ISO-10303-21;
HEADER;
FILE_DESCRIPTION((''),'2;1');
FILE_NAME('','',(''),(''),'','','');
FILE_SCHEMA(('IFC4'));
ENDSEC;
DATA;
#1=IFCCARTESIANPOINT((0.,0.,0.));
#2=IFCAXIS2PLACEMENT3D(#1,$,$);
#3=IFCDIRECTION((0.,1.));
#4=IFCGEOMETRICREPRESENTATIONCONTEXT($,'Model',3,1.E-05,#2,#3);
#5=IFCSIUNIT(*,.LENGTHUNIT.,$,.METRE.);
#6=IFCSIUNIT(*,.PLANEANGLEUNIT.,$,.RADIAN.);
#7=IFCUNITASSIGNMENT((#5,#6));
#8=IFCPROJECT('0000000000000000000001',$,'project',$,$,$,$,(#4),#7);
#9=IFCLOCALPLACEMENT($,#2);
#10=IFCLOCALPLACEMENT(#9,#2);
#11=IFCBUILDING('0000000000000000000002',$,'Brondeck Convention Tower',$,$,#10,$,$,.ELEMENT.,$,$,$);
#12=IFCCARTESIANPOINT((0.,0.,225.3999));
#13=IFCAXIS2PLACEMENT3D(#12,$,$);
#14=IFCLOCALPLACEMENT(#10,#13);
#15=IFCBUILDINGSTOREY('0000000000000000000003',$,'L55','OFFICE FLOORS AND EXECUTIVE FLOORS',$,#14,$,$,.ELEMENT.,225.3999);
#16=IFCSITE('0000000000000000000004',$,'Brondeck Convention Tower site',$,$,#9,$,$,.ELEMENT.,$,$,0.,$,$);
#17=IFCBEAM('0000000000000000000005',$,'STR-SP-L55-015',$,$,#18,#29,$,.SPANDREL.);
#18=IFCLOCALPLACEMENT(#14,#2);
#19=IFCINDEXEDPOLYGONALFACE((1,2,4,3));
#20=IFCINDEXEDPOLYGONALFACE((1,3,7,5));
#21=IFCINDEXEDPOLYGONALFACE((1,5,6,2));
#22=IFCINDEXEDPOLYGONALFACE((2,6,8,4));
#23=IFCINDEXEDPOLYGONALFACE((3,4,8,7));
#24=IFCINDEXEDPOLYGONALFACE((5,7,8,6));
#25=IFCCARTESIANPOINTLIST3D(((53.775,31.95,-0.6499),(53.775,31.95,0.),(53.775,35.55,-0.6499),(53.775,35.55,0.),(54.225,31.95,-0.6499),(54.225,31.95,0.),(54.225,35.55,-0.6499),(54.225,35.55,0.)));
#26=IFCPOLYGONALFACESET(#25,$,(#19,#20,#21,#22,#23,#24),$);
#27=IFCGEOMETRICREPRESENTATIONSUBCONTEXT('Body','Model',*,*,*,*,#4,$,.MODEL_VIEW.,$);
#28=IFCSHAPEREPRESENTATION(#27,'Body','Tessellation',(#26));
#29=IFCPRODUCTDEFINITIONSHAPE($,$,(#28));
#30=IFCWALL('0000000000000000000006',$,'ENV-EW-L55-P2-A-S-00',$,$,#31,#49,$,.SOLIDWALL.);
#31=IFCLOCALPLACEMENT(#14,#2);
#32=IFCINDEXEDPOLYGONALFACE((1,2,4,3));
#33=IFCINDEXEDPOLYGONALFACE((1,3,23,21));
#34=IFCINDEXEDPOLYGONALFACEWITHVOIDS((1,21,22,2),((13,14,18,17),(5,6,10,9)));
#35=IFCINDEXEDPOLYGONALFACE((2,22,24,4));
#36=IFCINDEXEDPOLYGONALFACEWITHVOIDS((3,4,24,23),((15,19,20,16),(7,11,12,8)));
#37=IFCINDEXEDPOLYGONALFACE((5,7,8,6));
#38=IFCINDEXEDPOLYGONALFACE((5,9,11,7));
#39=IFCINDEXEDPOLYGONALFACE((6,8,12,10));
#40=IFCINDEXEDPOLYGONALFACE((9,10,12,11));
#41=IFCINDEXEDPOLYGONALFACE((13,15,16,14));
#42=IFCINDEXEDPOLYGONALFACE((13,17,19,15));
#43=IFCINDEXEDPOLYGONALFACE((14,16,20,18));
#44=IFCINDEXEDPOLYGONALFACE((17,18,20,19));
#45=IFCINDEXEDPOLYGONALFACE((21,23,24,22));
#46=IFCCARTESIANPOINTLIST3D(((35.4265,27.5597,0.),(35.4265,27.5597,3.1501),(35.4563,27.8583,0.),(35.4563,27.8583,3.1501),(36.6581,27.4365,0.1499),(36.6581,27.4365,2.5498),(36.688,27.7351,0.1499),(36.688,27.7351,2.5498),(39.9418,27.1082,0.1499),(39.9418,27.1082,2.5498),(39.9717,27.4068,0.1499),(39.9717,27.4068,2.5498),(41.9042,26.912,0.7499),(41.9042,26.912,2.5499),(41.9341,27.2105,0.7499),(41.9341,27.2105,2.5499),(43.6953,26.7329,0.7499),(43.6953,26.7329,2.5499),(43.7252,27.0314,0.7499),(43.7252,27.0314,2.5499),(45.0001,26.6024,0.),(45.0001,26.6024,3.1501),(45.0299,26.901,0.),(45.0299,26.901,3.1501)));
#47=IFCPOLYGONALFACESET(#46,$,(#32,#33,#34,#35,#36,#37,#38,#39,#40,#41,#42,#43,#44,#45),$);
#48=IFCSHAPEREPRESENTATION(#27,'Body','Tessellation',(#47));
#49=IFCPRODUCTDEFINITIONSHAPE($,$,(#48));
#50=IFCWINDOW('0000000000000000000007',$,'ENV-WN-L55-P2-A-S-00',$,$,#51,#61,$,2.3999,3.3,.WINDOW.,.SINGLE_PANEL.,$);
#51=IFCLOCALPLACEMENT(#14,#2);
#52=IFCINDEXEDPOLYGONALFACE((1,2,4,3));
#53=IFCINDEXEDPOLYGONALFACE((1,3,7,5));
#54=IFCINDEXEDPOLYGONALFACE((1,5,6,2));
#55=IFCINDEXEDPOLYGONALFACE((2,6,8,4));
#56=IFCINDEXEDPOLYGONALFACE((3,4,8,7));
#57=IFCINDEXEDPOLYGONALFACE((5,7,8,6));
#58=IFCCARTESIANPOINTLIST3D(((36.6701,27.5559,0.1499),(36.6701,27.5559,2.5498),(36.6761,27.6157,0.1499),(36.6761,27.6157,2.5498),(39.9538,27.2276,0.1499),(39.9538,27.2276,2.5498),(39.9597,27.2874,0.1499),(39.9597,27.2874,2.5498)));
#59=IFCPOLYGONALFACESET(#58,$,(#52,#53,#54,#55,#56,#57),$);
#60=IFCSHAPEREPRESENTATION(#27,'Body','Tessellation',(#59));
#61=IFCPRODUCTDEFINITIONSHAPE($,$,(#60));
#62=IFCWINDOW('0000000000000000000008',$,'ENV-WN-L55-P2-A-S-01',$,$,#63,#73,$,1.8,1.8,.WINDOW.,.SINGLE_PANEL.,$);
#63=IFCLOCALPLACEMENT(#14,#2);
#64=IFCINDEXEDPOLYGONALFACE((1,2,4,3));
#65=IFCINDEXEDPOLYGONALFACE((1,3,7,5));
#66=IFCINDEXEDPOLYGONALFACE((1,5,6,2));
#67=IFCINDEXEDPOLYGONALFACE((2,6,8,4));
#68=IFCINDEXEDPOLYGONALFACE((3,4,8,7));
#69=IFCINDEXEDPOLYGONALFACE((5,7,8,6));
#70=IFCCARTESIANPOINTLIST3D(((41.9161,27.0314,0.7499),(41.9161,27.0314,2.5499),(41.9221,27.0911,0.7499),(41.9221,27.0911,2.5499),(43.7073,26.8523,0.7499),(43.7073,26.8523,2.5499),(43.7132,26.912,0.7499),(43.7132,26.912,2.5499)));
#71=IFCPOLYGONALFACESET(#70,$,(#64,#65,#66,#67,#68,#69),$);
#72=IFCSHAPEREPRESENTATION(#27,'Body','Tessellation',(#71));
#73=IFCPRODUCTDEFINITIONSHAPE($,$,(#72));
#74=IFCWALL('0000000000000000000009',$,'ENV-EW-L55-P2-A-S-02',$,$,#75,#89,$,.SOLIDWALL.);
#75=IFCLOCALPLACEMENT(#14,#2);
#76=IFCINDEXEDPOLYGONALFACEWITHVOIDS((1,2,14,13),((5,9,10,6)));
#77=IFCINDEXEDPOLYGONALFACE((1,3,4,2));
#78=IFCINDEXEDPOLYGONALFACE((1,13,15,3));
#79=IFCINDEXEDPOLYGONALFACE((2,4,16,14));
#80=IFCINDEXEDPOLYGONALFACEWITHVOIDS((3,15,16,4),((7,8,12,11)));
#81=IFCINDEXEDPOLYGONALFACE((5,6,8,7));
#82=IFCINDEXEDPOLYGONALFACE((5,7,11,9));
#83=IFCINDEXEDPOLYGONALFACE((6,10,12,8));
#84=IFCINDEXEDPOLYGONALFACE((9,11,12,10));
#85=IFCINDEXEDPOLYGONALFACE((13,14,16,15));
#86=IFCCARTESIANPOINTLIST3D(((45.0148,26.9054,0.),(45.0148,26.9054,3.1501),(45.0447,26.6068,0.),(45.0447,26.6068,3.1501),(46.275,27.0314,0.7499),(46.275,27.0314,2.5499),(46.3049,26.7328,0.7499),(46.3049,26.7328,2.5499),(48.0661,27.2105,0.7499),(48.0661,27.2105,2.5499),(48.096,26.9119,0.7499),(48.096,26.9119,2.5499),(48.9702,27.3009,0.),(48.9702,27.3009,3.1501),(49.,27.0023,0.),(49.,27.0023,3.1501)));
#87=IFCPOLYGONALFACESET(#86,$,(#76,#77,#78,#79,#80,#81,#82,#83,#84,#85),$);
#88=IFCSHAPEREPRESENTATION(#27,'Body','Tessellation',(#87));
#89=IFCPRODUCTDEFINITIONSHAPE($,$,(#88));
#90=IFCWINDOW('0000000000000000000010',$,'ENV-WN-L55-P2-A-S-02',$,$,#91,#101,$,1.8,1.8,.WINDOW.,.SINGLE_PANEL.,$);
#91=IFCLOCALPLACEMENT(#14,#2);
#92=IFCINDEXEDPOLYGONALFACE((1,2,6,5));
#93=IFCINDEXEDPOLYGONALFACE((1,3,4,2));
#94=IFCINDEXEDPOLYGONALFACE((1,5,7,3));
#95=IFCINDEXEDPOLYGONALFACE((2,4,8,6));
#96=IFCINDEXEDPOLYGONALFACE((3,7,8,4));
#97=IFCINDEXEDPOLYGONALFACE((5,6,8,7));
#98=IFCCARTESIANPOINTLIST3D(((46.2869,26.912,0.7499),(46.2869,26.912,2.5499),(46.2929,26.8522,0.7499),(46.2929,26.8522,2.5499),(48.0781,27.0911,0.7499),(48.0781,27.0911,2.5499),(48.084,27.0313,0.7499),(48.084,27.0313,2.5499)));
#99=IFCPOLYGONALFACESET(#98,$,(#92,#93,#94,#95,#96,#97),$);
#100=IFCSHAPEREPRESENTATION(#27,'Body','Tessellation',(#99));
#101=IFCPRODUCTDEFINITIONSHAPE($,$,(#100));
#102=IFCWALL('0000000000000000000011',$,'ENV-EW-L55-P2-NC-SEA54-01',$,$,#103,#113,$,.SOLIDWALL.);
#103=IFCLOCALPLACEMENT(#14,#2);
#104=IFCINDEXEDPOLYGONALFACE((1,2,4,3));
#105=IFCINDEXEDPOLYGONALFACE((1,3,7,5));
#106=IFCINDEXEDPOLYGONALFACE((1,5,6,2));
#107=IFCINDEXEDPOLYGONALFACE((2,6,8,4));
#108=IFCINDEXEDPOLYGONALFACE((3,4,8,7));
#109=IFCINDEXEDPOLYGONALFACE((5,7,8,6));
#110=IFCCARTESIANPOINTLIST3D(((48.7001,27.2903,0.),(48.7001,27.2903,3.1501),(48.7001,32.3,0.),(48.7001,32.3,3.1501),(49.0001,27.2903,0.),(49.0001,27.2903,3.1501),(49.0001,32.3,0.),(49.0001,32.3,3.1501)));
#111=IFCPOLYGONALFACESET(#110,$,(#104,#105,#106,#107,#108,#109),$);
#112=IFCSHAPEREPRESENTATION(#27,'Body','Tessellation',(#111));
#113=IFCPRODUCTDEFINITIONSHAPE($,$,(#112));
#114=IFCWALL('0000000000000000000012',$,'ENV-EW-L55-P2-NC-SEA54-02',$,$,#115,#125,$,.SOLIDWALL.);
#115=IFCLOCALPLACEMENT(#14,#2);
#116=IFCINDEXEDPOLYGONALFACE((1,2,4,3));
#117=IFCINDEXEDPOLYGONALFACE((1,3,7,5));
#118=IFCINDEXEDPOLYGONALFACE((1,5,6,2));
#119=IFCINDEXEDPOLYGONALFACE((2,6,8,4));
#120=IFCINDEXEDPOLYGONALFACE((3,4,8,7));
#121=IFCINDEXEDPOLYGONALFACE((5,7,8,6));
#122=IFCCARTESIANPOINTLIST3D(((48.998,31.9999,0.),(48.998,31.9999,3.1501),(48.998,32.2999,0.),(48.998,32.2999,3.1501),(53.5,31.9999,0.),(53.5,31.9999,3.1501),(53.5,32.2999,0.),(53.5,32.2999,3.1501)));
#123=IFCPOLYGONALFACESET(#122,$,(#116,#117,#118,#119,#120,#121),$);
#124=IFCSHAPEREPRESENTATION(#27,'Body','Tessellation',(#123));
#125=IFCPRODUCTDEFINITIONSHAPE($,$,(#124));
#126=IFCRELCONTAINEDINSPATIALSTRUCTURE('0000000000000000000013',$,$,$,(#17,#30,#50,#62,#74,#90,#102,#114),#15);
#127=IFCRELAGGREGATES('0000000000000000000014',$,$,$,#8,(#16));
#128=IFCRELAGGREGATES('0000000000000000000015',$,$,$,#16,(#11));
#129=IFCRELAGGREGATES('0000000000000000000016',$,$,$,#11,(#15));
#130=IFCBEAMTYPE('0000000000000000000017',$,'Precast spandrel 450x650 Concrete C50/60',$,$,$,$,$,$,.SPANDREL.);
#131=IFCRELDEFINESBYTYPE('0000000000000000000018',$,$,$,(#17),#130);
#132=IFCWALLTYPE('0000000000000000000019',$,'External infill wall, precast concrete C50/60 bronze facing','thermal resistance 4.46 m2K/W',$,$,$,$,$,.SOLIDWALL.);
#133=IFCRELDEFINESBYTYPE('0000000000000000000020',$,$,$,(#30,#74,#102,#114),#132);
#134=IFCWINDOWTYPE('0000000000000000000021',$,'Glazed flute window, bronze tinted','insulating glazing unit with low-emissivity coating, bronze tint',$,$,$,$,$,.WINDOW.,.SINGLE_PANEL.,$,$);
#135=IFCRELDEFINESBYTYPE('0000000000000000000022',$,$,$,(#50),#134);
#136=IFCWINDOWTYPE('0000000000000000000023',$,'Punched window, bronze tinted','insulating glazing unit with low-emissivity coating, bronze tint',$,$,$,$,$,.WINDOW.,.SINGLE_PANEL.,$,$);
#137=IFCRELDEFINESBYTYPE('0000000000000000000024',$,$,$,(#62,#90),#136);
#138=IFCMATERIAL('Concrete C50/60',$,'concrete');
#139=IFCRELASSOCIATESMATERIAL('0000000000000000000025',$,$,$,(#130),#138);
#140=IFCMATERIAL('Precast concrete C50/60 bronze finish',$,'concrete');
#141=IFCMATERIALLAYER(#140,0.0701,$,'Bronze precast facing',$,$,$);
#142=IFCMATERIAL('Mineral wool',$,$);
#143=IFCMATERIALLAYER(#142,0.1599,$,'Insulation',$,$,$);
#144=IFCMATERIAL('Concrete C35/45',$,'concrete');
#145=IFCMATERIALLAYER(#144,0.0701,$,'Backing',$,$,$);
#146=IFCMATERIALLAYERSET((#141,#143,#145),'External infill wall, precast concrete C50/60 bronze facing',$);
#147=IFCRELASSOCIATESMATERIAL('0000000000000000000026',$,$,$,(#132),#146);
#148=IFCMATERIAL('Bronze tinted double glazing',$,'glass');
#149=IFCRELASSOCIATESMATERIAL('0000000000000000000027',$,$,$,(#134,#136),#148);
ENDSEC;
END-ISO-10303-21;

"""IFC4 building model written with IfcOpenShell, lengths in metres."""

from ifc_helpers import new_model, si_unit, direction, frame, frame_2d, origin, origin_2d, place, context, subcontext, project, spatial, rectangle, extrude, material, layer, layer_set, material_profile, profile_set, type_object, element, fill, save


model = new_model("IFC4")

# Units and contexts
model_context = context("Model", 3, precision=1e-05, world=origin(), true_north=direction((0.0, 1.0)))
body_context = subcontext(model_context, "Body", "Model", "MODEL_VIEW")
ifc_project = project(units=[si_unit("LENGTHUNIT", "METRE"), si_unit("PLANEANGLEUNIT", "RADIAN")], contexts=[model_context])

# Site, building, storey
site_placement = place(None, origin())
site = spatial("IfcSite", under=ifc_project, at=site_placement, Name="Brondeck Convention Tower site", CompositionType="ELEMENT", RefElevation=0.0)
building_placement = place(site_placement, origin())
building = spatial("IfcBuilding", under=site, at=building_placement, Name="Brondeck Convention Tower", CompositionType="ELEMENT")
storey_placement = place(building_placement, frame((0.0, 0.0, 225.3999)))
storey = spatial("IfcBuildingStorey", under=building, at=storey_placement, Name="L55", Description="OFFICE FLOORS AND EXECUTIVE FLOORS", CompositionType="ELEMENT", Elevation=225.3999)

# Shared definitions
ifc_material_1 = material(Name="Concrete C50/60", Category="concrete")

# Beam
ifc_material_profile_1 = material_profile(ifc_material_1, rectangle(XDim=0.45, YDim=0.6499, at=origin_2d()), Name="Precast spandrel 450x650 Concrete C50/60")
ifc_profile_set_1 = profile_set([ifc_material_profile_1], Name="Concrete C50/60")
beam_type_1 = type_object("IfcBeamType", Name="Precast spandrel 450x650 Concrete C50/60", PredefinedType="SPANDREL", material=ifc_profile_set_1)
beam_1_placement = place(storey_placement, frame((54.0, 31.95, -0.325), z_axis=(0.0, 1.0, 0.0), x_axis=(-1.0, 0.0, 0.0)))
element("IfcBeam", 1, at=beam_1_placement, inside=storey, type_object=beam_type_1, Name="STR-SP-L55-015", PredefinedType="SPANDREL", context=body_context, shape_type="SweptSolid", body=[
    extrude(rectangle(XDim=0.45, YDim=0.6499, at=origin_2d()), origin(), (0.0, 0.0, 1.0), 3.6001),
])

# Wall, openings, windows
ifc_material_2 = material(Name="Precast concrete C50/60 bronze finish", Category="concrete")
ifc_layer_1 = layer(ifc_material_2, 0.0701, Name="Bronze precast facing")
ifc_material_3 = material(Name="Mineral wool")
ifc_layer_2 = layer(ifc_material_3, 0.1599, Name="Insulation")
ifc_material_4 = material(Name="Concrete C35/45", Category="concrete")
ifc_layer_3 = layer(ifc_material_4, 0.0701, Name="Backing")
ifc_layer_set = layer_set([ifc_layer_1, ifc_layer_2, ifc_layer_3], Name="External infill wall, precast concrete C50/60 bronze facing")
wall_type = type_object("IfcWallType", Name="External infill wall, precast concrete C50/60 bronze facing", Description="thermal resistance 4.46 m2K/W", PredefinedType="SOLIDWALL", material=ifc_layer_set)
wall_1_placement = place(storey_placement, frame((45.0149, 26.7517, 0.0), z_axis=(0.0, 0.0, 1.0), x_axis=(-0.995038, 0.099496, 0.0)))
wall_1 = element("IfcWall", 2, at=wall_1_placement, inside=storey, type_object=wall_type, Name="ENV-EW-L55-P2-A-S-00", PredefinedType="SOLIDWALL", context=body_context, shape_type="SweptSolid", body=[
    extrude(rectangle(XDim=9.6213, YDim=0.3, at=frame_2d((4.8105, 0.0))), origin(), (0.0, 0.0, 1.0), 3.1501),
])
opening_1_placement = place(wall_1_placement, frame((1.3113, 0.0, 0.75)))
opening_1 = element("IfcOpeningElement", 3, at=opening_1_placement, cuts=wall_1, PredefinedType="OPENING", context=body_context, shape_type="SweptSolid", body=[
    extrude(rectangle(XDim=1.8, YDim=1.8, at=frame_2d((0.8999, 0.8999))), frame((0.0, 0.1599, 0.0), z_axis=(0.0, -1.0, 0.0), x_axis=(1.0, 0.0, 0.0)), (0.0, 0.0, 1.0), 0.3201),
])
opening_2_placement = place(wall_1_placement, frame((5.0835, 0.0, 0.1499)))
opening_2 = element("IfcOpeningElement", 4, at=opening_2_placement, cuts=wall_1, PredefinedType="OPENING", context=body_context, shape_type="SweptSolid", body=[
    extrude(rectangle(XDim=3.3, YDim=2.3999, at=frame_2d((1.6499, 1.2))), frame((0.0, 0.1599, 0.0), z_axis=(0.0, -1.0, 0.0), x_axis=(1.0, 0.0, 0.0)), (0.0, 0.0, 1.0), 0.3201),
])
ifc_material_5 = material(Name="Bronze tinted double glazing", Category="glass")
window_type_1 = type_object("IfcWindowType", Name="Glazed flute window, bronze tinted", Description="insulating glazing unit with low-emissivity coating, bronze tint", PartitioningType="SINGLE_PANEL", PredefinedType="WINDOW", material=ifc_material_5)
window_1_placement = place(opening_2_placement, origin())
window_1 = element("IfcWindow", 5, at=window_1_placement, inside=storey, type_object=window_type_1, Name="ENV-WN-L55-P2-A-S-00", OverallHeight=2.3999, OverallWidth=3.3, PartitioningType="SINGLE_PANEL", PredefinedType="WINDOW", context=body_context, shape_type="SweptSolid", body=[
    extrude(rectangle(XDim=3.3, YDim=2.3999, at=frame_2d((1.6499, 1.2))), frame((0.0, 0.03, 0.0), z_axis=(0.0, -1.0, 0.0), x_axis=(1.0, 0.0, 0.0)), (0.0, 0.0, 1.0), 0.0601),
])
fill(opening_2, window_1)
window_type_2 = type_object("IfcWindowType", Name="Punched window, bronze tinted", Description="insulating glazing unit with low-emissivity coating, bronze tint", PartitioningType="SINGLE_PANEL", PredefinedType="WINDOW", material=ifc_material_5)
window_2_placement = place(opening_1_placement, origin())
window_2 = element("IfcWindow", 6, at=window_2_placement, inside=storey, type_object=window_type_2, Name="ENV-WN-L55-P2-A-S-01", OverallHeight=1.8, OverallWidth=1.8, PartitioningType="SINGLE_PANEL", PredefinedType="WINDOW", context=body_context, shape_type="SweptSolid", body=[
    extrude(rectangle(XDim=1.8, YDim=1.8, at=frame_2d((0.8999, 0.8999))), frame((0.0, 0.03, 0.0), z_axis=(0.0, -1.0, 0.0), x_axis=(1.0, 0.0, 0.0)), (0.0, 0.0, 1.0), 0.0601),
])
fill(opening_1, window_2)

# Wall, opening, window
wall_2_placement = place(storey_placement, frame((48.9851, 27.1516, 0.0), z_axis=(0.0, 0.0, 1.0), x_axis=(-0.995038, -0.099498, 0.0)))
wall_2 = element("IfcWall", 7, at=wall_2_placement, inside=storey, type_object=wall_type, Name="ENV-EW-L55-P2-A-S-02", PredefinedType="SOLIDWALL", context=body_context, shape_type="SweptSolid", body=[
    extrude(rectangle(XDim=3.9751, YDim=0.3, at=frame_2d((1.9875, 0.0))), origin(), (0.0, 0.0, 1.0), 3.1501),
])
opening_3_placement = place(wall_2_placement, frame((0.9087, 0.0, 0.75)))
opening_3 = element("IfcOpeningElement", 8, at=opening_3_placement, cuts=wall_2, PredefinedType="OPENING", context=body_context, shape_type="SweptSolid", body=[
    extrude(rectangle(XDim=1.8, YDim=1.8, at=frame_2d((0.8999, 0.8999))), frame((0.0, 0.1599, 0.0), z_axis=(0.0, -1.0, 0.0), x_axis=(1.0, 0.0, 0.0)), (0.0, 0.0, 1.0), 0.3201),
])
window_3_placement = place(opening_3_placement, origin())
window_3 = element("IfcWindow", 9, at=window_3_placement, inside=storey, type_object=window_type_2, Name="ENV-WN-L55-P2-A-S-02", OverallHeight=1.8, OverallWidth=1.8, PartitioningType="SINGLE_PANEL", PredefinedType="WINDOW", context=body_context, shape_type="SweptSolid", body=[
    extrude(rectangle(XDim=1.8, YDim=1.8, at=frame_2d((0.8999, 0.8999))), frame((0.0, 0.03, 0.0), z_axis=(0.0, -1.0, 0.0), x_axis=(1.0, 0.0, 0.0)), (0.0, 0.0, 1.0), 0.0601),
])
fill(opening_3, window_3)

# Walls
wall_3_placement = place(storey_placement, frame((48.8501, 32.3, 0.0), z_axis=(0.0, 0.0, 1.0), x_axis=(0.0, -1.0, 0.0)))
element("IfcWall", 10, at=wall_3_placement, inside=storey, type_object=wall_type, Name="ENV-EW-L55-P2-NC-SEA54-01", PredefinedType="SOLIDWALL", context=body_context, shape_type="SweptSolid", body=[
    extrude(rectangle(XDim=5.0098, YDim=0.3, at=frame_2d((2.5049, 0.0))), origin(), (0.0, 0.0, 1.0), 3.1501),
])
wall_4_placement = place(storey_placement, frame((53.5, 32.1499, 0.0), z_axis=(0.0, 0.0, 1.0), x_axis=(-1.0, 0.0, 0.0)))
element("IfcWall", 11, at=wall_4_placement, inside=storey, type_object=wall_type, Name="ENV-EW-L55-P2-NC-SEA54-02", PredefinedType="SOLIDWALL", context=body_context, shape_type="SweptSolid", body=[
    extrude(rectangle(XDim=4.502, YDim=0.3, at=frame_2d((2.251, 0.0))), origin(), (0.0, 0.0, 1.0), 3.1501),
])

save(model, "model.ifc")
